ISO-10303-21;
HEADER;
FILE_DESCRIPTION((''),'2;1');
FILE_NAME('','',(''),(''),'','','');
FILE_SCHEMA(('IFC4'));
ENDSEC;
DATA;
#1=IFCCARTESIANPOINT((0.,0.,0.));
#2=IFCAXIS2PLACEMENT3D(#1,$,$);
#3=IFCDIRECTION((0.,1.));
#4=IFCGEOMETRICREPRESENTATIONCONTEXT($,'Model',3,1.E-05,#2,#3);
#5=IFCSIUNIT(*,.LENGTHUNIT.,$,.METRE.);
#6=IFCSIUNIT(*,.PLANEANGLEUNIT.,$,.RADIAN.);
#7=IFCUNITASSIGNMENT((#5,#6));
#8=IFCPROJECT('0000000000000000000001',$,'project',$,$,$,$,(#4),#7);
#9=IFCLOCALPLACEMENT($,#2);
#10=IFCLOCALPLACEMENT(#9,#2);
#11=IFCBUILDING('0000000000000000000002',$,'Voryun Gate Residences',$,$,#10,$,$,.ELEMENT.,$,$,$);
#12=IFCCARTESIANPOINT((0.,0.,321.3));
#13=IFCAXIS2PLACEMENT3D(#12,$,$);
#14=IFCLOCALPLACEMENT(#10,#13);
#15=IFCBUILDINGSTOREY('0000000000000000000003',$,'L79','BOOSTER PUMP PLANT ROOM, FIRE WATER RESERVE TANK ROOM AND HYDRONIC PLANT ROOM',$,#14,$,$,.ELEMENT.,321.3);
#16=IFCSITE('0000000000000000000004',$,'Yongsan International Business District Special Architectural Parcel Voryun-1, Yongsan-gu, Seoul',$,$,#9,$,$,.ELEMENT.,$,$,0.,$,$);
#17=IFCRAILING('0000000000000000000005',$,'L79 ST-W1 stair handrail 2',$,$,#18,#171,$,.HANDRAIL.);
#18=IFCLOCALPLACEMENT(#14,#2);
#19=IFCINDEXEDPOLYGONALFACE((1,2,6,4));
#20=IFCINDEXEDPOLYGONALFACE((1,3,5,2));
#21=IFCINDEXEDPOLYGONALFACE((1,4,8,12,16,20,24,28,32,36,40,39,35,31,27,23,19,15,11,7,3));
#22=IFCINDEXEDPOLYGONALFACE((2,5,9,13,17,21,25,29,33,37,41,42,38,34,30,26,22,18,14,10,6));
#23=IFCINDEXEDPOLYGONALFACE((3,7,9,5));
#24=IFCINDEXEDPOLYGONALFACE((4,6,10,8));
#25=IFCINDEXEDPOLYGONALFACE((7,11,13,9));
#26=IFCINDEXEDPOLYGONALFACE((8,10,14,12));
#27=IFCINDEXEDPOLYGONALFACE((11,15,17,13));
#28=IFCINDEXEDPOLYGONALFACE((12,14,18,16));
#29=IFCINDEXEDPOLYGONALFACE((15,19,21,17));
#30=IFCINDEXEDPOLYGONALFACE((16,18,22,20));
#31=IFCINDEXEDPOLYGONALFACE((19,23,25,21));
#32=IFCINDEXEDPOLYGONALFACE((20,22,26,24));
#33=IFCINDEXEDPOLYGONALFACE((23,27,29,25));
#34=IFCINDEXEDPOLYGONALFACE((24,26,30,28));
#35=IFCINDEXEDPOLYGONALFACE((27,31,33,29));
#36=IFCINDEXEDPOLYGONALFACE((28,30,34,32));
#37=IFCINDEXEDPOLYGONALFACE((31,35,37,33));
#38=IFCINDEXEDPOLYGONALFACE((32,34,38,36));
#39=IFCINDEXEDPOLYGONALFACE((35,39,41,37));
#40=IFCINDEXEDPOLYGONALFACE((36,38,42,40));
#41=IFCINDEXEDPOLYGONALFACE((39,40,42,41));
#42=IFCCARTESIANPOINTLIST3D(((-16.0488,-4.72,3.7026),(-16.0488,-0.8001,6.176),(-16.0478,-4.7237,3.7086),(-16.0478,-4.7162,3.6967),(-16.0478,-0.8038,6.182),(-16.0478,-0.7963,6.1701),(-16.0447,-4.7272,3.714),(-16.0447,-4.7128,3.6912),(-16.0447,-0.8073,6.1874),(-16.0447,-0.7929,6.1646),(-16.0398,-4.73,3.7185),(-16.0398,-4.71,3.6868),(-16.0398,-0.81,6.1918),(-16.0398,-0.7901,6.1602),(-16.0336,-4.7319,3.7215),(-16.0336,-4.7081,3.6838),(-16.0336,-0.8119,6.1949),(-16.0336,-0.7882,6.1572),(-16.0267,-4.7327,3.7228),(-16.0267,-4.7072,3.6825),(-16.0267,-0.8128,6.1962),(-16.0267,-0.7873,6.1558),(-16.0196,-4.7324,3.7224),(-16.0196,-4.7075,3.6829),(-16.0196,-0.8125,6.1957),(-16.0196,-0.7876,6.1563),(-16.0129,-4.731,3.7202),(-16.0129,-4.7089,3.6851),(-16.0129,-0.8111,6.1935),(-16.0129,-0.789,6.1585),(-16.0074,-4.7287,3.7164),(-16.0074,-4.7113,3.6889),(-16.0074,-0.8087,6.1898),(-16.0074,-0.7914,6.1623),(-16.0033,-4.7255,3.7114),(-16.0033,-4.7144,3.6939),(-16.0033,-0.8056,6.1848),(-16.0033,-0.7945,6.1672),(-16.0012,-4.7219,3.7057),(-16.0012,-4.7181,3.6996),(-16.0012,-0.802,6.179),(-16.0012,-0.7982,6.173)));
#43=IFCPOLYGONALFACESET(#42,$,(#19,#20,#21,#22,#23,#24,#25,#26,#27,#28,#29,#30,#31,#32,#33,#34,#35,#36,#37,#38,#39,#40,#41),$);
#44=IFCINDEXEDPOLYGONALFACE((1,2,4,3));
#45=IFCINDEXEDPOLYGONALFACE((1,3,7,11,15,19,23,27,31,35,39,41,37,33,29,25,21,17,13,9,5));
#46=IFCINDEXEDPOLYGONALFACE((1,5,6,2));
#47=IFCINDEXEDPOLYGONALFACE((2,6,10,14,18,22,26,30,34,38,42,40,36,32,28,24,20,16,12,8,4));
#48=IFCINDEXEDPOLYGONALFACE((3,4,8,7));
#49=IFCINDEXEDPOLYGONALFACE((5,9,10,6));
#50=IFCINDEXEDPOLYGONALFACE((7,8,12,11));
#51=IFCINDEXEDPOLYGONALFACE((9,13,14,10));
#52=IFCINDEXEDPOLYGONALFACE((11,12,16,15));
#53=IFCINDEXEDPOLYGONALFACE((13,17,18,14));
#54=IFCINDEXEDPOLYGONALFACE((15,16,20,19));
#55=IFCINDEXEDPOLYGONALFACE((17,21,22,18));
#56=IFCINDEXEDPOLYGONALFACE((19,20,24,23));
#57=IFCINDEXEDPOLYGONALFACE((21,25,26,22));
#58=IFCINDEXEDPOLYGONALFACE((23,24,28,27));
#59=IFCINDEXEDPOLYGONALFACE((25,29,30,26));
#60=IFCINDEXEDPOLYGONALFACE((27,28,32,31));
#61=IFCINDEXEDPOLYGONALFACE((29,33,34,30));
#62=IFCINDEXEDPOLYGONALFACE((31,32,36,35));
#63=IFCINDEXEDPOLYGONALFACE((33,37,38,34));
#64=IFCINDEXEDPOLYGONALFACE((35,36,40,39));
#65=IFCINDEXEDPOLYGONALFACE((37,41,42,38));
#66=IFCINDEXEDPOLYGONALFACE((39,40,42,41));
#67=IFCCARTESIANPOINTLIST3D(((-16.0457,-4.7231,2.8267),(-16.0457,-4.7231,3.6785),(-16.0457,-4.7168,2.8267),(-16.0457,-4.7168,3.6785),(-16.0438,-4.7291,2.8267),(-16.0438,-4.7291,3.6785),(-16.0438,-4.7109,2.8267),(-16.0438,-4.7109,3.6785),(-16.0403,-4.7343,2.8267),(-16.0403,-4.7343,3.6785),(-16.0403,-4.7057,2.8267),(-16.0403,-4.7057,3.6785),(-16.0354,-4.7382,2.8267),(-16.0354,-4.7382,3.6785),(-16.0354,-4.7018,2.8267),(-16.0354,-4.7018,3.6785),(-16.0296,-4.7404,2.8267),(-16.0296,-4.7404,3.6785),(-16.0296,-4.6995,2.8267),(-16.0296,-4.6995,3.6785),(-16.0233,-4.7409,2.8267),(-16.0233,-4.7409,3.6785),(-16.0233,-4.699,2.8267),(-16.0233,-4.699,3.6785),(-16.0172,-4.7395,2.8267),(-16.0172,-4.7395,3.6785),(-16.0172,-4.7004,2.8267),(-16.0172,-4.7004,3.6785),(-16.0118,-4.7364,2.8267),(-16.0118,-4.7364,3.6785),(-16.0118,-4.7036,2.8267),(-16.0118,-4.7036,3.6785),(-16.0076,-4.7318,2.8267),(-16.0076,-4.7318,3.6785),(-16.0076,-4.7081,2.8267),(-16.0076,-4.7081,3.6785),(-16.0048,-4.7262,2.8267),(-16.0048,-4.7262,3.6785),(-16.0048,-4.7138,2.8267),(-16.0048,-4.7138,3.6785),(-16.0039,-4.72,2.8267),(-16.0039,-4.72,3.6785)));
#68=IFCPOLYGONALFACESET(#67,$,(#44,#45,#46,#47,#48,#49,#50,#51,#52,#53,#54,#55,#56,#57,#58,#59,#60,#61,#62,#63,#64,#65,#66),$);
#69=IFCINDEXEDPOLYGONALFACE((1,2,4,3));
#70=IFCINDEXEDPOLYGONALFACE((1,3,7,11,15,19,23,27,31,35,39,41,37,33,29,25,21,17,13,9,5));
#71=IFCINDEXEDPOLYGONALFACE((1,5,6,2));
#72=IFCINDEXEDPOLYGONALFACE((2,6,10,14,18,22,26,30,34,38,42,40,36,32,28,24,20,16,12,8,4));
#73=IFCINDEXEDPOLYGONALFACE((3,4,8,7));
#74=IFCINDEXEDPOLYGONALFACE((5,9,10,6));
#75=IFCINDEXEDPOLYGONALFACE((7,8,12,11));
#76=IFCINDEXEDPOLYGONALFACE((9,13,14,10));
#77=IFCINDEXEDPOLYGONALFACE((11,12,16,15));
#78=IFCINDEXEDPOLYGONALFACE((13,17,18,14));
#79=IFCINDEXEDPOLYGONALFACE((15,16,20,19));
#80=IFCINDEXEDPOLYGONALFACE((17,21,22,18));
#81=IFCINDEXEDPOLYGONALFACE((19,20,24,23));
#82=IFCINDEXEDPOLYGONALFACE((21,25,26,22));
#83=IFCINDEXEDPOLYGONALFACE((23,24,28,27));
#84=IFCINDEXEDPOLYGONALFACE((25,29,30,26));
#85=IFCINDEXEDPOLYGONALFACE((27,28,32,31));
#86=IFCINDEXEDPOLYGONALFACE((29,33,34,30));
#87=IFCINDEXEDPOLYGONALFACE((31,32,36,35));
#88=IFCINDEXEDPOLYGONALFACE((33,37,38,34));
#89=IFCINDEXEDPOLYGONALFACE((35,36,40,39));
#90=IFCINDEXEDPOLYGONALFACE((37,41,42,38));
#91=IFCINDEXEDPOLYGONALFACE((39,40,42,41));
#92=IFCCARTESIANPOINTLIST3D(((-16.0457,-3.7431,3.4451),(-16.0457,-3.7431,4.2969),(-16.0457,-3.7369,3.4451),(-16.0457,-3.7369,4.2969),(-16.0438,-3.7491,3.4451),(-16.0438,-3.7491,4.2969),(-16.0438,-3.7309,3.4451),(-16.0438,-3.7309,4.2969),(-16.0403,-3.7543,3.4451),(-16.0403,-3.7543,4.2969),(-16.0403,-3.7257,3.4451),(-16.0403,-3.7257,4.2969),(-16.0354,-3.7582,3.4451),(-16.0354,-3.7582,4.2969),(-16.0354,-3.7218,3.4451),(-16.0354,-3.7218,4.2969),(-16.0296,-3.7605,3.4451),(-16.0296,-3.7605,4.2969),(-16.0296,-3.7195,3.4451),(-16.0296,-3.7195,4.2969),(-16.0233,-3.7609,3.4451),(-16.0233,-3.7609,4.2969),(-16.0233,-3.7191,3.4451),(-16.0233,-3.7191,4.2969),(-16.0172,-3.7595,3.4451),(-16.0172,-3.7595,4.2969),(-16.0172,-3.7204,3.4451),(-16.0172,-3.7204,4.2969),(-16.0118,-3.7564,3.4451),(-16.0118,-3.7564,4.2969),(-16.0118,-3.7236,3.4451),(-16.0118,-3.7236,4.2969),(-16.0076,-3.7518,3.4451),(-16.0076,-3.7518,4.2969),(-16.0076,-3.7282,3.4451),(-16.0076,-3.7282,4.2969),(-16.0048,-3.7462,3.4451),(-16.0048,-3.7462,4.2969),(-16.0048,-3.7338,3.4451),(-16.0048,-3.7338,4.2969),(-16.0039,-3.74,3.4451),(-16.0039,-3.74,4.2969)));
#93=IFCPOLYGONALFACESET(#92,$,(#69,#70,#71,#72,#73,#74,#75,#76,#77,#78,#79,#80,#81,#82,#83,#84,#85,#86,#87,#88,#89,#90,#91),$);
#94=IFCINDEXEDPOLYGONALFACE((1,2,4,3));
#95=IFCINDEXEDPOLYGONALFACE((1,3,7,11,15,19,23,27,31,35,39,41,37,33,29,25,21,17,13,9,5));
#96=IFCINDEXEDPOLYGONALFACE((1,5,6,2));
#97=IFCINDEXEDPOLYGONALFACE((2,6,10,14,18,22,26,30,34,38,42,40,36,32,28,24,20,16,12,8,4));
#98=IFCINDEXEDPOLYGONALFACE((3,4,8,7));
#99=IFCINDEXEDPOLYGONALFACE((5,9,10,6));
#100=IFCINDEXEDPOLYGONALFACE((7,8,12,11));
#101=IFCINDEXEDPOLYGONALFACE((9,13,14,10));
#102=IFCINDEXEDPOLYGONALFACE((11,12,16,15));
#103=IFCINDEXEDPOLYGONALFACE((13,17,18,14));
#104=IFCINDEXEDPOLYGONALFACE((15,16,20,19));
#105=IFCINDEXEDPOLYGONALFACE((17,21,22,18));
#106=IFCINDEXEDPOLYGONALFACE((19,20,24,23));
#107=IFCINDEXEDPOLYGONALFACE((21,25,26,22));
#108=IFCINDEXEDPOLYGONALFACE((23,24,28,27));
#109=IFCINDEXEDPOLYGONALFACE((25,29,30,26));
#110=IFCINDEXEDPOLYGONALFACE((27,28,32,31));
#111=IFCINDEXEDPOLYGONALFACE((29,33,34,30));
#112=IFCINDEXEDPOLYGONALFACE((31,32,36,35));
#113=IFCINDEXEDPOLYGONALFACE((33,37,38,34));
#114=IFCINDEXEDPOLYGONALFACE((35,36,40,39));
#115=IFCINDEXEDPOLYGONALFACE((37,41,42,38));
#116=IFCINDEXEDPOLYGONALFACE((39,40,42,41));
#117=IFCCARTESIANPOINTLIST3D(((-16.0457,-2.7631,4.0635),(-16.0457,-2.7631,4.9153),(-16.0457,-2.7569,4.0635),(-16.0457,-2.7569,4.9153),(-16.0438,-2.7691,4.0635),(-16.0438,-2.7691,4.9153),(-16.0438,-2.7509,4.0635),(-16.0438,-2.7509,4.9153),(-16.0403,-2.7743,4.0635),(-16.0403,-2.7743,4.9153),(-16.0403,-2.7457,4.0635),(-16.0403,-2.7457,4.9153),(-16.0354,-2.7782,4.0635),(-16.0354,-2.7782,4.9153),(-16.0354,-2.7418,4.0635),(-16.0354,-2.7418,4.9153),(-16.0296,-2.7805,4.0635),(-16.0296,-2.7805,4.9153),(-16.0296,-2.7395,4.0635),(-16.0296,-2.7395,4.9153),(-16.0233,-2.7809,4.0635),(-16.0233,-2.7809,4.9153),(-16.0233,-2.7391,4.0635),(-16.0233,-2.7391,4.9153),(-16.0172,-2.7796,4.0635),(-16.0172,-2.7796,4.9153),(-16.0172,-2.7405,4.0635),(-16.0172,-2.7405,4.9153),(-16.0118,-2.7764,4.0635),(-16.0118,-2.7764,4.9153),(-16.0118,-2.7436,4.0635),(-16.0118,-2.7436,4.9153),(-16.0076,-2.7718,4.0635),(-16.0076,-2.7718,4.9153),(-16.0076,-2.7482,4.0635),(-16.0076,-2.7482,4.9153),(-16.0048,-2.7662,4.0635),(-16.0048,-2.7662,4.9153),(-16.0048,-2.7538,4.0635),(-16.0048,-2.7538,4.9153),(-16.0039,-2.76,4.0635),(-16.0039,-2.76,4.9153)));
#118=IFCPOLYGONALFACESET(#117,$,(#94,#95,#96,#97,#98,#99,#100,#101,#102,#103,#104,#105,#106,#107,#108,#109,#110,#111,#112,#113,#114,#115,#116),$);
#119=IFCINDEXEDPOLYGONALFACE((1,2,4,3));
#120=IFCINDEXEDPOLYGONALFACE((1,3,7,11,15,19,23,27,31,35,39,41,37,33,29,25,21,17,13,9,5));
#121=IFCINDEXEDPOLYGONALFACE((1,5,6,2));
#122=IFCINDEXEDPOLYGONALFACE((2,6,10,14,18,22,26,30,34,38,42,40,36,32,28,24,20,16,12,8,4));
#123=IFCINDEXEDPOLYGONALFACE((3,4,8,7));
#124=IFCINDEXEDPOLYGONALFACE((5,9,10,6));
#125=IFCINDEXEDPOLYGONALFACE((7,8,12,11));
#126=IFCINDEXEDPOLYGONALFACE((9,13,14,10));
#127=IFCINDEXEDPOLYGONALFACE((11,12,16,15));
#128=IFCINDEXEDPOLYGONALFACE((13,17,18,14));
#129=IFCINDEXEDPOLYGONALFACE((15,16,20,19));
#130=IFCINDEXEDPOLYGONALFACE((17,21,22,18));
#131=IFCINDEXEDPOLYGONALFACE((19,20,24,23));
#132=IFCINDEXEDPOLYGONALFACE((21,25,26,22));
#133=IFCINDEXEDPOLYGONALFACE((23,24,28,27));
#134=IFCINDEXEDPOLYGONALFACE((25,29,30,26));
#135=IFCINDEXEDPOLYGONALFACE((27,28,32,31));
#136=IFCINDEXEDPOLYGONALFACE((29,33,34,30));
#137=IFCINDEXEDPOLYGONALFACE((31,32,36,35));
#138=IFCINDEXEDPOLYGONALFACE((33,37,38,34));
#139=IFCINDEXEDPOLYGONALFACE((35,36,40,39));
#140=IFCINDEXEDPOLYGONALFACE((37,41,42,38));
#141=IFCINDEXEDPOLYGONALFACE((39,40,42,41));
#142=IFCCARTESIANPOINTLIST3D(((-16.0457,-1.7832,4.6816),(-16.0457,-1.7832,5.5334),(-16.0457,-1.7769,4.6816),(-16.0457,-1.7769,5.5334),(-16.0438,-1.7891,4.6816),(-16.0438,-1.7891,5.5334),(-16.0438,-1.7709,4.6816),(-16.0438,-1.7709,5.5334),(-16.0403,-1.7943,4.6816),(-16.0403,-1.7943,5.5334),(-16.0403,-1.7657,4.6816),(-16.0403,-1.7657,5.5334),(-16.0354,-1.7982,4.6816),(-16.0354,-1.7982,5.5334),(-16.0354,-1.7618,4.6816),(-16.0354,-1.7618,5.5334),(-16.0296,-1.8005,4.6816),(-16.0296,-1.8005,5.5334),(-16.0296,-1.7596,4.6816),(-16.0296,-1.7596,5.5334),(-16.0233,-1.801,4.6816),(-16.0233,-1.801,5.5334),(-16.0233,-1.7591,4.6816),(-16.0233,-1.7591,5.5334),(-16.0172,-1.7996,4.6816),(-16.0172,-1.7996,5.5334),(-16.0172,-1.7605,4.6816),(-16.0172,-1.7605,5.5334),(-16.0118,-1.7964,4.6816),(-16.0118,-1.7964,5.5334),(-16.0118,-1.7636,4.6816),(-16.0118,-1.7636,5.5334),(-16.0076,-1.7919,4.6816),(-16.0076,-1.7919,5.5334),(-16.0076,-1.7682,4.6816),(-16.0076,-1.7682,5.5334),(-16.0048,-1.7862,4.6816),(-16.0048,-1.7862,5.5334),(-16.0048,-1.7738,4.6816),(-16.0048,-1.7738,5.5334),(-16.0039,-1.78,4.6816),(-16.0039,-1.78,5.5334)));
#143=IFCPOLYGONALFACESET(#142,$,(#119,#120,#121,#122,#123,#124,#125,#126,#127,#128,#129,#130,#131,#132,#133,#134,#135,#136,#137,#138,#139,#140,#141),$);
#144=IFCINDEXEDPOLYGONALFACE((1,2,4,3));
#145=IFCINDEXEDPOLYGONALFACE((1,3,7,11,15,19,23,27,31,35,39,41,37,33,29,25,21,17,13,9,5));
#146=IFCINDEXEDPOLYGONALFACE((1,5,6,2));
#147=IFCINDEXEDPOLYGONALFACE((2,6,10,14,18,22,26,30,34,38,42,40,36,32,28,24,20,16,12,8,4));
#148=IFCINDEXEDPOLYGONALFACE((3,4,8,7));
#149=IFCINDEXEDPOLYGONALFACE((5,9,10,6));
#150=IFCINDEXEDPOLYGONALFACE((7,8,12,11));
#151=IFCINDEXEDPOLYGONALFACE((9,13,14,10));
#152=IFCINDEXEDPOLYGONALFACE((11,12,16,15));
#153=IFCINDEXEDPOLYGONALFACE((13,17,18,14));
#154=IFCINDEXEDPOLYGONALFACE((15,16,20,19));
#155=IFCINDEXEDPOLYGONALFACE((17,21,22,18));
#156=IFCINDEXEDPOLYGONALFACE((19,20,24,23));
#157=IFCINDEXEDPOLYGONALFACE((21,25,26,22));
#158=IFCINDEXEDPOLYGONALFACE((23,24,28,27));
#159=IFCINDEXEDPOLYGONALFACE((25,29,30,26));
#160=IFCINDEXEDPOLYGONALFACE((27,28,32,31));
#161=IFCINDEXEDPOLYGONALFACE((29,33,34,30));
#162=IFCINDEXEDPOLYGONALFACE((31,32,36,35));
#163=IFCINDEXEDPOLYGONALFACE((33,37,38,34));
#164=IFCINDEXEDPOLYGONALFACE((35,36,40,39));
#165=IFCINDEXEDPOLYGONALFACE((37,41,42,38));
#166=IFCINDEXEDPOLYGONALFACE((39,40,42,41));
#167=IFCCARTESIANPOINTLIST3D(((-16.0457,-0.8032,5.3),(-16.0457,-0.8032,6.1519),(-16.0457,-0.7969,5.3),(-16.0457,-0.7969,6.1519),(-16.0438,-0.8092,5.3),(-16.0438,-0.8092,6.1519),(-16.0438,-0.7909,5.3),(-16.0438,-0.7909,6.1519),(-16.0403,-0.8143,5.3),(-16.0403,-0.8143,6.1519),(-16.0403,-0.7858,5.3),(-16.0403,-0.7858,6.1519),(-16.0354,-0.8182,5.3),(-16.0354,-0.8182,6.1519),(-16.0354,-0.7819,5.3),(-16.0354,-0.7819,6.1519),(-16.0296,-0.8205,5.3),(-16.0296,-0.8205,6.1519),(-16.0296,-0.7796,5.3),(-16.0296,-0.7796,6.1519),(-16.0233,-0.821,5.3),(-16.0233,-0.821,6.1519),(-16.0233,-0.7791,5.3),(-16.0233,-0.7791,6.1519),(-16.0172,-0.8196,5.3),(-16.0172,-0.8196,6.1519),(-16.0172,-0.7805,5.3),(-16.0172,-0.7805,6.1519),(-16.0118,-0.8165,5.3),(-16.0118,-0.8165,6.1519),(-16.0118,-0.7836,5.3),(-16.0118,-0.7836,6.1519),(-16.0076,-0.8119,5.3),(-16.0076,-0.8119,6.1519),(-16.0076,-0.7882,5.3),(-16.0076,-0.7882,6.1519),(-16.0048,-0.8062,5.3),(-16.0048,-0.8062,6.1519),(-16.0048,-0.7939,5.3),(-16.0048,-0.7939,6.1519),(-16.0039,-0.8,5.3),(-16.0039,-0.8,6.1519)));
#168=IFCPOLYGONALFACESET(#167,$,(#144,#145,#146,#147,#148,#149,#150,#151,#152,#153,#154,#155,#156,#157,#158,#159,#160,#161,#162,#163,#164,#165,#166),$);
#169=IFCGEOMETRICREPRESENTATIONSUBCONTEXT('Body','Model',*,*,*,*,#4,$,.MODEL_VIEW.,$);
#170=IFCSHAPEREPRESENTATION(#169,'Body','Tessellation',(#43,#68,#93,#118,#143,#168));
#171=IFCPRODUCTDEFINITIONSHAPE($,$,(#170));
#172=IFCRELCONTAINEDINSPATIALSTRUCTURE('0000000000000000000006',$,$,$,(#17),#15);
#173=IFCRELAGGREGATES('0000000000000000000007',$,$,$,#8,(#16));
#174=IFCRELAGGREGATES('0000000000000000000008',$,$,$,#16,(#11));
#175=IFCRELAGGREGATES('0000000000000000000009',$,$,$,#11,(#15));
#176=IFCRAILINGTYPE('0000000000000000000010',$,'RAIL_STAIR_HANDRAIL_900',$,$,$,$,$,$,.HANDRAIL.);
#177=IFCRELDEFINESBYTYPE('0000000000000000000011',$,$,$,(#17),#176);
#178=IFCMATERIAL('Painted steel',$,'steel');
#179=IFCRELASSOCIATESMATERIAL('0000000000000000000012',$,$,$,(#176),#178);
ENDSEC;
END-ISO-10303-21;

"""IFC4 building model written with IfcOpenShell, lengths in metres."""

from ifc_helpers import new_model, si_unit, direction, frame, origin, origin_2d, place, context, subcontext, project, spatial, circle, extrude, material, type_object, element, save


model = new_model("IFC4")

# Units and contexts
model_context = context("Model", 3, precision=1e-05, world=origin(), true_north=direction((0.0, 1.0)))
body_context = subcontext(model_context, "Body", "Model", "MODEL_VIEW")
ifc_project = project(units=[si_unit("LENGTHUNIT", "METRE"), si_unit("PLANEANGLEUNIT", "RADIAN")], contexts=[model_context])

# Site, building, storey
site_placement = place(None, origin())
site = spatial("IfcSite", under=ifc_project, at=site_placement, Name="Yongsan International Business District Special Architectural Parcel Voryun-1, Yongsan-gu, Seoul", CompositionType="ELEMENT", RefElevation=0.0)
building_placement = place(site_placement, origin())
building = spatial("IfcBuilding", under=site, at=building_placement, Name="Voryun Gate Residences", CompositionType="ELEMENT")
storey_placement = place(building_placement, frame((0.0, 0.0, 321.3)))
storey = spatial("IfcBuildingStorey", under=building, at=storey_placement, Name="L79", Description="BOOSTER PUMP PLANT ROOM, FIRE WATER RESERVE TANK ROOM AND HYDRONIC PLANT ROOM", CompositionType="ELEMENT", Elevation=321.3)

# Railing
ifc_material_1 = material(Name="Painted steel", Category="steel")
railing_type_1 = type_object("IfcRailingType", Name="RAIL_STAIR_HANDRAIL_900", PredefinedType="HANDRAIL", material=ifc_material_1)
railing_1_placement = place(storey_placement, frame((-16.0249, -4.72, 2.8267)))
element("IfcRailing", 1, at=railing_1_placement, inside=storey, type_object=railing_type_1, Name="L79 ST-W1 stair handrail 2", PredefinedType="HANDRAIL", context=body_context, shape_type="SweptSolid", body=[
    extrude(circle(Radius=0.0239, at=origin_2d()), frame((0.0, 0.0, 0.876), z_axis=(0.0, 0.845718, 0.53363), x_axis=(-1.0, 0.0, 0.0)), (0.0, 0.0, 1.0), 4.635),
    extrude(circle(Radius=0.021, at=origin_2d()), origin(), (0.0, 0.0, 1.0), 0.8518),
    extrude(circle(Radius=0.021, at=origin_2d()), frame((0.0, 0.98, 0.6184)), (0.0, 0.0, 1.0), 0.8518),
    extrude(circle(Radius=0.021, at=origin_2d()), frame((0.0, 1.96, 1.2368)), (0.0, 0.0, 1.0), 0.8518),
    extrude(circle(Radius=0.021, at=origin_2d()), frame((0.0, 2.9399, 1.855)), (0.0, 0.0, 1.0), 0.8518),
    extrude(circle(Radius=0.021, at=origin_2d()), frame((0.0, 3.9199, 2.4734)), (0.0, 0.0, 1.0), 0.8518),
])

save(model, "model.ifc")
